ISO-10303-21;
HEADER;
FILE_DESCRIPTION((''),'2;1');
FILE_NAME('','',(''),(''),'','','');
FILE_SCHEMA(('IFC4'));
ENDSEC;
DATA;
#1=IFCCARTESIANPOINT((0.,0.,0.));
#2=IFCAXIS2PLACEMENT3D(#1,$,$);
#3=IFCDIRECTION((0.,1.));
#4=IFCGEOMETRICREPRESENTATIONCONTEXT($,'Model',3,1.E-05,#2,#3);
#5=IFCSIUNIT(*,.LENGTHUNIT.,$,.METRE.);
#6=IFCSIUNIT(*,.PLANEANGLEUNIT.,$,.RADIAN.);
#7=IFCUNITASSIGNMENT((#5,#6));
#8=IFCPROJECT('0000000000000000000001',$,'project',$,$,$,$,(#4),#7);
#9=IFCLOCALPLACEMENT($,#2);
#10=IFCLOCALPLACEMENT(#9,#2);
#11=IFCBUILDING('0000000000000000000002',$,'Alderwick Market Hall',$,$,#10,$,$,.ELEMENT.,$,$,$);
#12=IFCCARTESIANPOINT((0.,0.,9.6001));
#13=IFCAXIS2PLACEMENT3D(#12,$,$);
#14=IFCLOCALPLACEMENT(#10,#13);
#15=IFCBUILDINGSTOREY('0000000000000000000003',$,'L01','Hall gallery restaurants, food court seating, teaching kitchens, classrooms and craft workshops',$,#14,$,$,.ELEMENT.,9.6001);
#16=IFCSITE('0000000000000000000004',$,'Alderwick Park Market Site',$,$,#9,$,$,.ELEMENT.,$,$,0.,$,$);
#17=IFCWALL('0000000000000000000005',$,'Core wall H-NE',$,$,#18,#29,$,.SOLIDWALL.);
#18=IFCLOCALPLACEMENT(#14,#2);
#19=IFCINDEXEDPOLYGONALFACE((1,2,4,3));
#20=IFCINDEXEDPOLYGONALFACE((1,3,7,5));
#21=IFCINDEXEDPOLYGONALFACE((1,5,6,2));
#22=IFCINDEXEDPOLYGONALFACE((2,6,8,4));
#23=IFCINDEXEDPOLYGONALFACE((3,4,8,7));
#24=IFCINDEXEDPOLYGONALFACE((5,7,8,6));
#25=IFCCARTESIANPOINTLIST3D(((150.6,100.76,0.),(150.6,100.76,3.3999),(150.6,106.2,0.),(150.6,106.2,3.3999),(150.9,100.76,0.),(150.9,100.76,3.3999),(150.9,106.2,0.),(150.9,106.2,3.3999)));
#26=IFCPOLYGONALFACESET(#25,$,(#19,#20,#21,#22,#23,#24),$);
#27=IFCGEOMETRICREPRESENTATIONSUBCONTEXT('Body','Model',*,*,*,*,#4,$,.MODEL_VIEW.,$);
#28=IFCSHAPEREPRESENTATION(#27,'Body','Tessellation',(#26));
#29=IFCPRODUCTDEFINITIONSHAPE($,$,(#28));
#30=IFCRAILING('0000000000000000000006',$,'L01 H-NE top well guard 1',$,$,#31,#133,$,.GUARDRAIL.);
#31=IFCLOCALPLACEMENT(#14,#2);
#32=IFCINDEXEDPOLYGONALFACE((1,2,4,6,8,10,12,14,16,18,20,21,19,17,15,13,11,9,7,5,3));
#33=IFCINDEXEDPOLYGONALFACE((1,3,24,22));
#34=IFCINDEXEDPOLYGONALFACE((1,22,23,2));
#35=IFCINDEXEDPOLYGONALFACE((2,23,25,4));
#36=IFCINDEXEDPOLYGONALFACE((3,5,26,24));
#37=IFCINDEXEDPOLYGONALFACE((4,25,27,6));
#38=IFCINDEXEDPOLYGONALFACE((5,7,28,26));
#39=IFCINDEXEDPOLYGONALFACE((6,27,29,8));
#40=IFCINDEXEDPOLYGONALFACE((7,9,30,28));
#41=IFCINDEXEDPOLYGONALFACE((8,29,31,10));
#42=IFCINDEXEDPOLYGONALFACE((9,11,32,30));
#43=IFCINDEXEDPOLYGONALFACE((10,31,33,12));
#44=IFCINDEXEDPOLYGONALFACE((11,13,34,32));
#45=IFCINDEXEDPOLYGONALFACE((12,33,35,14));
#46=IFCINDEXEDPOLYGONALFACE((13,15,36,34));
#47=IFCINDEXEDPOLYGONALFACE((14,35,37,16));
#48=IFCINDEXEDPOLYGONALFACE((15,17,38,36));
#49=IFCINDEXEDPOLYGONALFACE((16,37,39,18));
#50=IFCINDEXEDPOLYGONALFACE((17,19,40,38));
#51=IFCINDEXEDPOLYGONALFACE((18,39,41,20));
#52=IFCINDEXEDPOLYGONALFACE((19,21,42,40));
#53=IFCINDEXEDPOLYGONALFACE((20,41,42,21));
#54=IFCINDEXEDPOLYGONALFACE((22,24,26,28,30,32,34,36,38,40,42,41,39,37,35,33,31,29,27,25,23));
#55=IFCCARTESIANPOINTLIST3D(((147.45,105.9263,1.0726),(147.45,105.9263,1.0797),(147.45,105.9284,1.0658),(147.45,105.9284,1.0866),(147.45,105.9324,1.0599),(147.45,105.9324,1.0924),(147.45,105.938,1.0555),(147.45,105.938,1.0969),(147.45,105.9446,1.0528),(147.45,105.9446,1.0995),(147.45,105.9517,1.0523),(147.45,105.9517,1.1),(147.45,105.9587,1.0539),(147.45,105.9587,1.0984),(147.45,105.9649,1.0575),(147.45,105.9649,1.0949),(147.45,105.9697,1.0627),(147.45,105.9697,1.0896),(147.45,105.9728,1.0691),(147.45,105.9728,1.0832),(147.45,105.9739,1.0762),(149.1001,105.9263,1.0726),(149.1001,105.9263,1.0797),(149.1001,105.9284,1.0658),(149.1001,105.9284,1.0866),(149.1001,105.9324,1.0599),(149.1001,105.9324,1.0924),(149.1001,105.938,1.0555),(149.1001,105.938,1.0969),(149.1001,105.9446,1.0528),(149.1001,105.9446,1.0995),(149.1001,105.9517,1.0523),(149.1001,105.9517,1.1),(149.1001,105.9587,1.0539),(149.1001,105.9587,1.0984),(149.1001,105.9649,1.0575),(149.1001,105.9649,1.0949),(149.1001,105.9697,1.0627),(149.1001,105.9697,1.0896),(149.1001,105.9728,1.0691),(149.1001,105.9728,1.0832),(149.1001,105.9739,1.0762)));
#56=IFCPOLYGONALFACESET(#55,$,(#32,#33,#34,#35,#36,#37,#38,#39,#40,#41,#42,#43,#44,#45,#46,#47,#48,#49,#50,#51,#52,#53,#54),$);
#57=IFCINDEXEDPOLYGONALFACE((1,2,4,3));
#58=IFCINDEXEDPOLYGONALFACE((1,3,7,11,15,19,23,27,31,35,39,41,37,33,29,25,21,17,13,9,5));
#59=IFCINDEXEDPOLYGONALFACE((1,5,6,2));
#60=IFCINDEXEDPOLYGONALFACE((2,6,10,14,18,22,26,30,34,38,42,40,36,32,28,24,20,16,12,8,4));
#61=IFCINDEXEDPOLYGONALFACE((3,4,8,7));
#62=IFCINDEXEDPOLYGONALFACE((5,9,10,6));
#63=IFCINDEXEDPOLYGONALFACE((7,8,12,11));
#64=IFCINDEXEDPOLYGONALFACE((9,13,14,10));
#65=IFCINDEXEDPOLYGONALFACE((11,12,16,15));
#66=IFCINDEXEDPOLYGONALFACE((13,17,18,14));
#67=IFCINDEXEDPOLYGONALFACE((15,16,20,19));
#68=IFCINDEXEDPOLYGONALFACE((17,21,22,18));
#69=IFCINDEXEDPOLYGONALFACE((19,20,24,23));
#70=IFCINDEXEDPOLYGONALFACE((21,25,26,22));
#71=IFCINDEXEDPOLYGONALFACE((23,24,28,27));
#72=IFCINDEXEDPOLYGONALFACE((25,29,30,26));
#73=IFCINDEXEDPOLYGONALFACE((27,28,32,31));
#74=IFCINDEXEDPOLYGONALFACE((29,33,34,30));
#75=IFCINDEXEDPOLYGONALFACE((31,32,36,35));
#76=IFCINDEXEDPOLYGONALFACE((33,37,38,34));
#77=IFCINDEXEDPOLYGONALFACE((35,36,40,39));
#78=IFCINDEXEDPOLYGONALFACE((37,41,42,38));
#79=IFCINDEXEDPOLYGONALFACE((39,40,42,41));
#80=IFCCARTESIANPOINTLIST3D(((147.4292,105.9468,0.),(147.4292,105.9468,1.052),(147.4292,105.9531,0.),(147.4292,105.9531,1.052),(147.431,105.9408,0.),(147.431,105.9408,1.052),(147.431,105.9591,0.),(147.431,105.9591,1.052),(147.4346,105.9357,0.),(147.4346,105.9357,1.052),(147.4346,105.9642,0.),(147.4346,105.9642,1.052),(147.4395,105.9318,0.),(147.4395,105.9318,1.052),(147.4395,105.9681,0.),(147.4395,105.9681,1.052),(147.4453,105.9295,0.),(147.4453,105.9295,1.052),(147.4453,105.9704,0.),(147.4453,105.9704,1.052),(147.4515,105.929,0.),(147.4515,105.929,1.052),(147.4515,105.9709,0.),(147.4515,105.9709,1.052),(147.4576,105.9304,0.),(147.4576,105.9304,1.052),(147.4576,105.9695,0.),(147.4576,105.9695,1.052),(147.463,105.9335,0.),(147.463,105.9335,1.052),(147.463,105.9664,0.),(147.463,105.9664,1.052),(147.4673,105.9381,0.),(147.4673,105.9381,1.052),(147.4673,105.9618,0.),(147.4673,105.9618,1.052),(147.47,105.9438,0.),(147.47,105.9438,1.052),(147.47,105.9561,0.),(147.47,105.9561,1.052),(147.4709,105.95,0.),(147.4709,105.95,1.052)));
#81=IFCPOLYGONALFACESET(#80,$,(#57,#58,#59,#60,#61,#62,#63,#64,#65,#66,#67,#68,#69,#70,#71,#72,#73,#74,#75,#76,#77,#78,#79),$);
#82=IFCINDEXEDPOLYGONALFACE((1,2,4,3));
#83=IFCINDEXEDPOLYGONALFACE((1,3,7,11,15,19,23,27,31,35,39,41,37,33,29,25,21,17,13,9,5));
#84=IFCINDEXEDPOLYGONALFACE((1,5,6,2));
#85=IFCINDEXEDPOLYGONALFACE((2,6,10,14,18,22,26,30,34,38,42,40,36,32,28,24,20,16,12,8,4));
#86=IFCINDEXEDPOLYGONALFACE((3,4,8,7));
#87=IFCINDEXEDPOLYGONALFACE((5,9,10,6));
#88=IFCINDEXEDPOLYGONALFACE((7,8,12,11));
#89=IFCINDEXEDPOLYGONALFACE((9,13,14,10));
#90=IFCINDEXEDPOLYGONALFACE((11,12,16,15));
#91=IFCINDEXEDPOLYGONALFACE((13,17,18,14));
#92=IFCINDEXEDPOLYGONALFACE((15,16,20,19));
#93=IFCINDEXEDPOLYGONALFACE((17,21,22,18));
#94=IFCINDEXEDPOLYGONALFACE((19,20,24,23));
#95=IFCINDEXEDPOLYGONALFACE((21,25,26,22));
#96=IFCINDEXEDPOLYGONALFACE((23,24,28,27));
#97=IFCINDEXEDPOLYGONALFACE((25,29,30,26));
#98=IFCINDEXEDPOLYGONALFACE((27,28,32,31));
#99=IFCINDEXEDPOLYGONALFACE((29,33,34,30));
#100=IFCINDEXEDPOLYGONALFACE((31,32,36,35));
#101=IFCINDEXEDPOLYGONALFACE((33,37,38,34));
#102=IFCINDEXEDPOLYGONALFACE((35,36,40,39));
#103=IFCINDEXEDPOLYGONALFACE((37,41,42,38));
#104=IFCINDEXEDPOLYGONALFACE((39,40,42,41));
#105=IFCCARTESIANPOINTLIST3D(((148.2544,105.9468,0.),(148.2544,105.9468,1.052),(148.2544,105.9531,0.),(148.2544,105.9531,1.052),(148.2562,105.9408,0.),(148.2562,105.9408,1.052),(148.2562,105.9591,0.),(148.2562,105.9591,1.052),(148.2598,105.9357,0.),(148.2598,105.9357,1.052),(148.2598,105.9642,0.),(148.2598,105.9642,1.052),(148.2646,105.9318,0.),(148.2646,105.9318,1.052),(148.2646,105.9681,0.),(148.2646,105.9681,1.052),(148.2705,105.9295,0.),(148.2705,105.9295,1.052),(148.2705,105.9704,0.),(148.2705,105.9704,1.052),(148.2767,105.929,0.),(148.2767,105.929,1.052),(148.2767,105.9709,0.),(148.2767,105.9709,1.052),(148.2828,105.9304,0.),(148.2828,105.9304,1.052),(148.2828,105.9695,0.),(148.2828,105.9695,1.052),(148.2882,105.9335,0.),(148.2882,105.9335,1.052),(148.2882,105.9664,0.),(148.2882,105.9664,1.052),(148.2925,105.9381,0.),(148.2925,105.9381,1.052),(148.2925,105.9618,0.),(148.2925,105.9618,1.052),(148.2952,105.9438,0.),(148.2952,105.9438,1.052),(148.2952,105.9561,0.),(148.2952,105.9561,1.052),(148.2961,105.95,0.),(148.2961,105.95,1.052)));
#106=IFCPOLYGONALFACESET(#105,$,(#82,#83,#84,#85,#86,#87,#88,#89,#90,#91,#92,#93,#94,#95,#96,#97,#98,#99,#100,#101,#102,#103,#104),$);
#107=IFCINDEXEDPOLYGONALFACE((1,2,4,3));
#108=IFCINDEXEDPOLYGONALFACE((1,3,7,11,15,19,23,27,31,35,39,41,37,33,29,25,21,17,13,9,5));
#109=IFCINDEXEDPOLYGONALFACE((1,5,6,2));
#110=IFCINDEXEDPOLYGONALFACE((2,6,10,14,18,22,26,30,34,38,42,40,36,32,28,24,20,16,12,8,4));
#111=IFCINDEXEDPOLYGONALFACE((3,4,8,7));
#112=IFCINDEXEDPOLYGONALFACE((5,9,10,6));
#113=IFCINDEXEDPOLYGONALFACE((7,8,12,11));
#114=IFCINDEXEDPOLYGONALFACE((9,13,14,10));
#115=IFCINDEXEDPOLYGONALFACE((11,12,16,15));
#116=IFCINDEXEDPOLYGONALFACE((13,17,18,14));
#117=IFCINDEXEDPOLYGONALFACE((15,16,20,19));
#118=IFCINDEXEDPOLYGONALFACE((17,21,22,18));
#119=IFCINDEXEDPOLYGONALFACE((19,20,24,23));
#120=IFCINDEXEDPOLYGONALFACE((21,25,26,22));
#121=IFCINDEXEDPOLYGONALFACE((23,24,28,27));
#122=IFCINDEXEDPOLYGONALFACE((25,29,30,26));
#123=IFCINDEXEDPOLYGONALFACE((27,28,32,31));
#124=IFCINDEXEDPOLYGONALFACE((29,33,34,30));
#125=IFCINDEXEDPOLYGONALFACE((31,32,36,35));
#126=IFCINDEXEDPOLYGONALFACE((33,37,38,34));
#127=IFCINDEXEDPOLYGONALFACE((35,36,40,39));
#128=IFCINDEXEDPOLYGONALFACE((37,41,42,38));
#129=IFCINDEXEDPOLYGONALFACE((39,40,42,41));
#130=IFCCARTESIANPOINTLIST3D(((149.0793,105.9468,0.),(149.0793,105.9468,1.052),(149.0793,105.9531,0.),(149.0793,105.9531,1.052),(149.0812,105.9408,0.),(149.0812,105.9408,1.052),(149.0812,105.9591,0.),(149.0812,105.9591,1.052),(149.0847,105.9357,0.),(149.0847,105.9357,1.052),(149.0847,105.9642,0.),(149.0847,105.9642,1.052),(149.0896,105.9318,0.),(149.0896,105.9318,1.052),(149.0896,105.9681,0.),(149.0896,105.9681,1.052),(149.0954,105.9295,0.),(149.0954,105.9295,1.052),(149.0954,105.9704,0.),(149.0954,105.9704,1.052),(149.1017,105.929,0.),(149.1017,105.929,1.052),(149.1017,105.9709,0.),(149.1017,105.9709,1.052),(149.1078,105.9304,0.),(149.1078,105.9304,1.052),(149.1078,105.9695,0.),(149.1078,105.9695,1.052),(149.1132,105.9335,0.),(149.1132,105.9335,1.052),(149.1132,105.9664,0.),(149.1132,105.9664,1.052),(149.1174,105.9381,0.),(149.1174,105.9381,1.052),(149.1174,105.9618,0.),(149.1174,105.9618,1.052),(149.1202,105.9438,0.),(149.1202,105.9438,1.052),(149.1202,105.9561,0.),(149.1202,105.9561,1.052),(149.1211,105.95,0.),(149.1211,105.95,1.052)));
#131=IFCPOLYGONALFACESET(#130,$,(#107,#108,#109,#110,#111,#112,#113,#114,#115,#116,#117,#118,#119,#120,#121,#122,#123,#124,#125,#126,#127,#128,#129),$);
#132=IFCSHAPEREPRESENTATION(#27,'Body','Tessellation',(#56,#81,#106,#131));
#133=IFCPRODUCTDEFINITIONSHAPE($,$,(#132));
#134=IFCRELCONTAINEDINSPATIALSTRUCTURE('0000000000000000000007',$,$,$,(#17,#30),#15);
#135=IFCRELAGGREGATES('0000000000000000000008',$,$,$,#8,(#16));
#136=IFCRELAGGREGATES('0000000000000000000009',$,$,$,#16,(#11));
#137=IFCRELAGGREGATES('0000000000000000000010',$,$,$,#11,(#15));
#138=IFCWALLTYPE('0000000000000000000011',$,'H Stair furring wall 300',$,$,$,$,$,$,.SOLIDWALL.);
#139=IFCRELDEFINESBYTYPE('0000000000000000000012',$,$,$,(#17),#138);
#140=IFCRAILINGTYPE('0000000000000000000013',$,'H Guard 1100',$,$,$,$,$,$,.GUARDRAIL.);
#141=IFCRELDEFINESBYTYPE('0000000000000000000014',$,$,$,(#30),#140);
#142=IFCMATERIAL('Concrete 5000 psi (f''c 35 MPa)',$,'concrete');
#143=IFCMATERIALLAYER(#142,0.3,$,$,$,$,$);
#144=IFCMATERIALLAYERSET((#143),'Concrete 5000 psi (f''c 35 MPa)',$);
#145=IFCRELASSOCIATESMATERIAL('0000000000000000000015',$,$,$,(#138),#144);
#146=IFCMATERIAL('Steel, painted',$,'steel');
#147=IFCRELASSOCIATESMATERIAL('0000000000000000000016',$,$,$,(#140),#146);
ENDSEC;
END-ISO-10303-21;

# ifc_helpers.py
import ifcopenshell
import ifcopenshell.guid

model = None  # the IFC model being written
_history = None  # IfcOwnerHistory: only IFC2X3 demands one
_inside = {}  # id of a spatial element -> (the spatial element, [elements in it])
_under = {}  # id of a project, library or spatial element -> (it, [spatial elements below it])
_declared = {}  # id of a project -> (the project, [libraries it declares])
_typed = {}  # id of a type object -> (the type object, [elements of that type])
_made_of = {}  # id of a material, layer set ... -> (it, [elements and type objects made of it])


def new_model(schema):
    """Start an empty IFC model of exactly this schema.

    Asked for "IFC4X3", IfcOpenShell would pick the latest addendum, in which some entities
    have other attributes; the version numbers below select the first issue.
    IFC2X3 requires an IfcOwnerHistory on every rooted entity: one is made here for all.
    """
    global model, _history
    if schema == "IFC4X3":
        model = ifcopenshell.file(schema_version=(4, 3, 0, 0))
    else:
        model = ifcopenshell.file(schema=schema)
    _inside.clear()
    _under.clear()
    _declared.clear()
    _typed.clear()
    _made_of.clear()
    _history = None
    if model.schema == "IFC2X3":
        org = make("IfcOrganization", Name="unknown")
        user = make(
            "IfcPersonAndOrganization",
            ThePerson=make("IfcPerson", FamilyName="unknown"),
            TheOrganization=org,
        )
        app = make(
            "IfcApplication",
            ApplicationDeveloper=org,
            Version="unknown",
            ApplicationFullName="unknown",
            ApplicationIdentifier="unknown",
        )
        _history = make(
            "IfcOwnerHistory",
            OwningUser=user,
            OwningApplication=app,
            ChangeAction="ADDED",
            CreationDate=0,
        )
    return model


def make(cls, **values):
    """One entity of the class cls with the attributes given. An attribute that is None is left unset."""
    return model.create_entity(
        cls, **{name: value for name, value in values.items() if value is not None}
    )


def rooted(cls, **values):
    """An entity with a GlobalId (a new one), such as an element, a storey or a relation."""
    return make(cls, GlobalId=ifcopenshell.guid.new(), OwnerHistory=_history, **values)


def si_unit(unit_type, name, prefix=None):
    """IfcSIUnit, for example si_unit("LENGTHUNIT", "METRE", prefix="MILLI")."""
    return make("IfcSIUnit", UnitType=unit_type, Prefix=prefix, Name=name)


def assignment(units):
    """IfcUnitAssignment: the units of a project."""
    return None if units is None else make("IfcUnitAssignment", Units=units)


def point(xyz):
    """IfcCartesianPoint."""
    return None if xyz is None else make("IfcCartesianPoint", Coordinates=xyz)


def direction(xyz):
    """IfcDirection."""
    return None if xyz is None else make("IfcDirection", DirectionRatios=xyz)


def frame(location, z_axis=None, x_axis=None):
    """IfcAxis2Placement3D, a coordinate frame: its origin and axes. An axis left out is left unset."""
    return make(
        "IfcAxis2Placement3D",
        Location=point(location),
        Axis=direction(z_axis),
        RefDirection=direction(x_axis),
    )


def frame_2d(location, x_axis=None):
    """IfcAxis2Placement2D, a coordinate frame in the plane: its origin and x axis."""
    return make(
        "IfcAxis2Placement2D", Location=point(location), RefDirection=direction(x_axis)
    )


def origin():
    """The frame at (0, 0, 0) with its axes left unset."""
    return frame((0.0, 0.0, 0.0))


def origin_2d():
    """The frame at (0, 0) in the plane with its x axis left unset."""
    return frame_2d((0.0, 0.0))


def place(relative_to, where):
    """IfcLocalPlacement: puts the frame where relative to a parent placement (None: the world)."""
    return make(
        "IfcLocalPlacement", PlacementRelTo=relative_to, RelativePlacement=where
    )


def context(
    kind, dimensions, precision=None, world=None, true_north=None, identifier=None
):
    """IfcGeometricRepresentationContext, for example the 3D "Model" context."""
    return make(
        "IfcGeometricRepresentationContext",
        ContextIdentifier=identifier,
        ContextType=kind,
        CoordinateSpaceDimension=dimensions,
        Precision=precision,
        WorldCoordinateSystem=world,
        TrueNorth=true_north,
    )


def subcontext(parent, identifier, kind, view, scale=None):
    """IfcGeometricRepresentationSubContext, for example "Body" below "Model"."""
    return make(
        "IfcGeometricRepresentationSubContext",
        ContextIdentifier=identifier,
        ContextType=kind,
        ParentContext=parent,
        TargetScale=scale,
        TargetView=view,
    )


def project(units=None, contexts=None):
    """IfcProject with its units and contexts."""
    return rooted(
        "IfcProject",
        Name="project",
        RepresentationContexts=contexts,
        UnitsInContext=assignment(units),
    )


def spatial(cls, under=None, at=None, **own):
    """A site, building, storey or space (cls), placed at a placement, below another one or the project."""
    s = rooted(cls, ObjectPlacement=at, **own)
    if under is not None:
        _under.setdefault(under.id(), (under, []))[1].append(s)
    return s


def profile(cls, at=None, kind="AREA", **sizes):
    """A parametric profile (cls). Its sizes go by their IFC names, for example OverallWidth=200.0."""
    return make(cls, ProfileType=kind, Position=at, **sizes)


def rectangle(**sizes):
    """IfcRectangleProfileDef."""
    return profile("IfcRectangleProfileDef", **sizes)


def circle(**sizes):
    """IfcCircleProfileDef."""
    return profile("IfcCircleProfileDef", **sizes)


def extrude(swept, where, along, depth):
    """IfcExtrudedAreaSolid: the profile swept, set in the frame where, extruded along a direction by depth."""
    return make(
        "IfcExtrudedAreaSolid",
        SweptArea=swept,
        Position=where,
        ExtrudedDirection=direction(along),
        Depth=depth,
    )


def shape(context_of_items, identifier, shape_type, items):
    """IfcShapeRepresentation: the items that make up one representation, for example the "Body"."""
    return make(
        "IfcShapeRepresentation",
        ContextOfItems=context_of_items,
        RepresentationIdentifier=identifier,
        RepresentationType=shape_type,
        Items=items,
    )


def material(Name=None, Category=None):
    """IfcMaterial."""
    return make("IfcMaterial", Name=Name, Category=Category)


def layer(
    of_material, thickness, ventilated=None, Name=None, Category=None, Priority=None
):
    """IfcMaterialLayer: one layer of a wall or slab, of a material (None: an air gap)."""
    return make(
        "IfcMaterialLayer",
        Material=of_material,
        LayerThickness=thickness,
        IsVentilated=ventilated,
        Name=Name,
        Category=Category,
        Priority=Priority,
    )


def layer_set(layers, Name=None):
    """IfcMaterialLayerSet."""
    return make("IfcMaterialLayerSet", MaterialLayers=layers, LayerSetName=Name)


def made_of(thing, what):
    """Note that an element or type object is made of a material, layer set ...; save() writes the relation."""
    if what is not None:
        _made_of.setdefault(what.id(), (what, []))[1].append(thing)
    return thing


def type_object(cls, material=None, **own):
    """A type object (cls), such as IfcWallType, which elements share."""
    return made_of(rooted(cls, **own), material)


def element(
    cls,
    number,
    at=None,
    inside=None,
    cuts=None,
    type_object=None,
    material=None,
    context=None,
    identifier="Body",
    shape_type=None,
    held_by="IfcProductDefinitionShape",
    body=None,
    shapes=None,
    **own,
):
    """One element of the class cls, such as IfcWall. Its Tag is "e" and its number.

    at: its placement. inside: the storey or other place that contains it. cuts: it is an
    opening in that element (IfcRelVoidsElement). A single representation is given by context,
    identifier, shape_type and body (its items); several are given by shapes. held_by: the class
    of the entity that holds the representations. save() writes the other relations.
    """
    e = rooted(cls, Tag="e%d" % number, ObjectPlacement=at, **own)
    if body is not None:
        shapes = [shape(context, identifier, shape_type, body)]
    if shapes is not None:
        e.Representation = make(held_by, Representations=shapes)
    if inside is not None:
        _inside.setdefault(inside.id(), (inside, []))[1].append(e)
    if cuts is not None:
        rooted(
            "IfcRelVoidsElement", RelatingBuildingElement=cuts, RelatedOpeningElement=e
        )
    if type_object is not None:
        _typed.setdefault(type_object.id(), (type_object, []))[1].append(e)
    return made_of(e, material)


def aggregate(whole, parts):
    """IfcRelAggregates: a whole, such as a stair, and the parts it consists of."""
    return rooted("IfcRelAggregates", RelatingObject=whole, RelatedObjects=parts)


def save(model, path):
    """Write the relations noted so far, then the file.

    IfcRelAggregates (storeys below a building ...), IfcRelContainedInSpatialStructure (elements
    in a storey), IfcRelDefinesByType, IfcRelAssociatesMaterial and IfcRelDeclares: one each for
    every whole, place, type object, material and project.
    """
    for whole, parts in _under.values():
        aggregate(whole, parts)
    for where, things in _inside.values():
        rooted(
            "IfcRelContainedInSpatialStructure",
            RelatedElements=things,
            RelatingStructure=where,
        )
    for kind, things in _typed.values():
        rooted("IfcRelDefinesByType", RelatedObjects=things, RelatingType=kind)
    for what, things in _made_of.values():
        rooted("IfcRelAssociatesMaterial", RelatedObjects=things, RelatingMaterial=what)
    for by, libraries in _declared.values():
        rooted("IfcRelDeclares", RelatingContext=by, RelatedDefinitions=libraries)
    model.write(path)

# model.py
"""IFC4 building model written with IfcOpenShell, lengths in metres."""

from ifc_helpers import new_model, si_unit, direction, frame, frame_2d, origin, origin_2d, place, context, subcontext, project, spatial, rectangle, circle, extrude, material, layer, layer_set, type_object, element, save


model = new_model("IFC4")

# Units and contexts
model_context = context("Model", 3, precision=1e-05, world=origin(), true_north=direction((0.0, 1.0)))
body_context = subcontext(model_context, "Body", "Model", "MODEL_VIEW")
ifc_project = project(units=[si_unit("LENGTHUNIT", "METRE"), si_unit("PLANEANGLEUNIT", "RADIAN")], contexts=[model_context])

# Site, building, storey
site_placement = place(None, origin())
site = spatial("IfcSite", under=ifc_project, at=site_placement, Name="Alderwick Park Market Site", CompositionType="ELEMENT", RefElevation=0.0)
building_placement = place(site_placement, origin())
building = spatial("IfcBuilding", under=site, at=building_placement, Name="Alderwick Market Hall", CompositionType="ELEMENT")
storey_placement = place(building_placement, frame((0.0, 0.0, 9.6001)))
storey = spatial("IfcBuildingStorey", under=building, at=storey_placement, Name="L01", Description="Hall gallery restaurants, food court seating, teaching kitchens, classrooms and craft workshops", CompositionType="ELEMENT", Elevation=9.6001)

# Shared definitions
ifc_material_1 = material(Name="Concrete 5000 psi (f'c 35 MPa)", Category="concrete")

# Wall
ifc_layer_1 = layer(ifc_material_1, 0.3)
ifc_layer_set_1 = layer_set([ifc_layer_1], Name="Concrete 5000 psi (f'c 35 MPa)")
wall_type_1 = type_object("IfcWallType", Name="H Stair furring wall 300", PredefinedType="SOLIDWALL", material=ifc_layer_set_1)
wall_1_placement = place(storey_placement, frame((150.75, 100.76, 0.0), z_axis=(0.0, 0.0, 1.0), x_axis=(0.0, 1.0, 0.0)))
element("IfcWall", 1, at=wall_1_placement, inside=storey, type_object=wall_type_1, Name="Core wall H-NE", PredefinedType="SOLIDWALL", context=body_context, shape_type="SweptSolid", body=[
    extrude(rectangle(XDim=5.4399, YDim=0.3, at=frame_2d((2.72, 0.0))), origin(), (0.0, 0.0, 1.0), 3.3999),
])

# Railing
ifc_material_2 = material(Name="Steel, painted", Category="steel")
railing_type = type_object("IfcRailingType", Name="H Guard 1100", PredefinedType="GUARDRAIL", material=ifc_material_2)
railing_placement = place(storey_placement, frame((147.45, 105.95, 0.0)))
element("IfcRailing", 2, at=railing_placement, inside=storey, type_object=railing_type, Name="L01 H-NE top well guard 1", PredefinedType="GUARDRAIL", context=body_context, shape_type="SweptSolid", body=[
    extrude(circle(Radius=0.0239, at=origin_2d()), frame((0.0, 0.0, 1.0762), z_axis=(1.0, 0.0, 0.0), x_axis=(0.0, 1.0, 0.0)), (0.0, 0.0, 1.0), 1.6501),
    extrude(circle(Radius=0.021, at=origin_2d()), origin(), (0.0, 0.0, 1.0), 1.052),
    extrude(circle(Radius=0.021, at=origin_2d()), frame((0.8252, 0.0, 0.0)), (0.0, 0.0, 1.0), 1.052),
    extrude(circle(Radius=0.021, at=origin_2d()), frame((1.6501, 0.0, 0.0)), (0.0, 0.0, 1.0), 1.052),
])

save(model, "model.ifc")
